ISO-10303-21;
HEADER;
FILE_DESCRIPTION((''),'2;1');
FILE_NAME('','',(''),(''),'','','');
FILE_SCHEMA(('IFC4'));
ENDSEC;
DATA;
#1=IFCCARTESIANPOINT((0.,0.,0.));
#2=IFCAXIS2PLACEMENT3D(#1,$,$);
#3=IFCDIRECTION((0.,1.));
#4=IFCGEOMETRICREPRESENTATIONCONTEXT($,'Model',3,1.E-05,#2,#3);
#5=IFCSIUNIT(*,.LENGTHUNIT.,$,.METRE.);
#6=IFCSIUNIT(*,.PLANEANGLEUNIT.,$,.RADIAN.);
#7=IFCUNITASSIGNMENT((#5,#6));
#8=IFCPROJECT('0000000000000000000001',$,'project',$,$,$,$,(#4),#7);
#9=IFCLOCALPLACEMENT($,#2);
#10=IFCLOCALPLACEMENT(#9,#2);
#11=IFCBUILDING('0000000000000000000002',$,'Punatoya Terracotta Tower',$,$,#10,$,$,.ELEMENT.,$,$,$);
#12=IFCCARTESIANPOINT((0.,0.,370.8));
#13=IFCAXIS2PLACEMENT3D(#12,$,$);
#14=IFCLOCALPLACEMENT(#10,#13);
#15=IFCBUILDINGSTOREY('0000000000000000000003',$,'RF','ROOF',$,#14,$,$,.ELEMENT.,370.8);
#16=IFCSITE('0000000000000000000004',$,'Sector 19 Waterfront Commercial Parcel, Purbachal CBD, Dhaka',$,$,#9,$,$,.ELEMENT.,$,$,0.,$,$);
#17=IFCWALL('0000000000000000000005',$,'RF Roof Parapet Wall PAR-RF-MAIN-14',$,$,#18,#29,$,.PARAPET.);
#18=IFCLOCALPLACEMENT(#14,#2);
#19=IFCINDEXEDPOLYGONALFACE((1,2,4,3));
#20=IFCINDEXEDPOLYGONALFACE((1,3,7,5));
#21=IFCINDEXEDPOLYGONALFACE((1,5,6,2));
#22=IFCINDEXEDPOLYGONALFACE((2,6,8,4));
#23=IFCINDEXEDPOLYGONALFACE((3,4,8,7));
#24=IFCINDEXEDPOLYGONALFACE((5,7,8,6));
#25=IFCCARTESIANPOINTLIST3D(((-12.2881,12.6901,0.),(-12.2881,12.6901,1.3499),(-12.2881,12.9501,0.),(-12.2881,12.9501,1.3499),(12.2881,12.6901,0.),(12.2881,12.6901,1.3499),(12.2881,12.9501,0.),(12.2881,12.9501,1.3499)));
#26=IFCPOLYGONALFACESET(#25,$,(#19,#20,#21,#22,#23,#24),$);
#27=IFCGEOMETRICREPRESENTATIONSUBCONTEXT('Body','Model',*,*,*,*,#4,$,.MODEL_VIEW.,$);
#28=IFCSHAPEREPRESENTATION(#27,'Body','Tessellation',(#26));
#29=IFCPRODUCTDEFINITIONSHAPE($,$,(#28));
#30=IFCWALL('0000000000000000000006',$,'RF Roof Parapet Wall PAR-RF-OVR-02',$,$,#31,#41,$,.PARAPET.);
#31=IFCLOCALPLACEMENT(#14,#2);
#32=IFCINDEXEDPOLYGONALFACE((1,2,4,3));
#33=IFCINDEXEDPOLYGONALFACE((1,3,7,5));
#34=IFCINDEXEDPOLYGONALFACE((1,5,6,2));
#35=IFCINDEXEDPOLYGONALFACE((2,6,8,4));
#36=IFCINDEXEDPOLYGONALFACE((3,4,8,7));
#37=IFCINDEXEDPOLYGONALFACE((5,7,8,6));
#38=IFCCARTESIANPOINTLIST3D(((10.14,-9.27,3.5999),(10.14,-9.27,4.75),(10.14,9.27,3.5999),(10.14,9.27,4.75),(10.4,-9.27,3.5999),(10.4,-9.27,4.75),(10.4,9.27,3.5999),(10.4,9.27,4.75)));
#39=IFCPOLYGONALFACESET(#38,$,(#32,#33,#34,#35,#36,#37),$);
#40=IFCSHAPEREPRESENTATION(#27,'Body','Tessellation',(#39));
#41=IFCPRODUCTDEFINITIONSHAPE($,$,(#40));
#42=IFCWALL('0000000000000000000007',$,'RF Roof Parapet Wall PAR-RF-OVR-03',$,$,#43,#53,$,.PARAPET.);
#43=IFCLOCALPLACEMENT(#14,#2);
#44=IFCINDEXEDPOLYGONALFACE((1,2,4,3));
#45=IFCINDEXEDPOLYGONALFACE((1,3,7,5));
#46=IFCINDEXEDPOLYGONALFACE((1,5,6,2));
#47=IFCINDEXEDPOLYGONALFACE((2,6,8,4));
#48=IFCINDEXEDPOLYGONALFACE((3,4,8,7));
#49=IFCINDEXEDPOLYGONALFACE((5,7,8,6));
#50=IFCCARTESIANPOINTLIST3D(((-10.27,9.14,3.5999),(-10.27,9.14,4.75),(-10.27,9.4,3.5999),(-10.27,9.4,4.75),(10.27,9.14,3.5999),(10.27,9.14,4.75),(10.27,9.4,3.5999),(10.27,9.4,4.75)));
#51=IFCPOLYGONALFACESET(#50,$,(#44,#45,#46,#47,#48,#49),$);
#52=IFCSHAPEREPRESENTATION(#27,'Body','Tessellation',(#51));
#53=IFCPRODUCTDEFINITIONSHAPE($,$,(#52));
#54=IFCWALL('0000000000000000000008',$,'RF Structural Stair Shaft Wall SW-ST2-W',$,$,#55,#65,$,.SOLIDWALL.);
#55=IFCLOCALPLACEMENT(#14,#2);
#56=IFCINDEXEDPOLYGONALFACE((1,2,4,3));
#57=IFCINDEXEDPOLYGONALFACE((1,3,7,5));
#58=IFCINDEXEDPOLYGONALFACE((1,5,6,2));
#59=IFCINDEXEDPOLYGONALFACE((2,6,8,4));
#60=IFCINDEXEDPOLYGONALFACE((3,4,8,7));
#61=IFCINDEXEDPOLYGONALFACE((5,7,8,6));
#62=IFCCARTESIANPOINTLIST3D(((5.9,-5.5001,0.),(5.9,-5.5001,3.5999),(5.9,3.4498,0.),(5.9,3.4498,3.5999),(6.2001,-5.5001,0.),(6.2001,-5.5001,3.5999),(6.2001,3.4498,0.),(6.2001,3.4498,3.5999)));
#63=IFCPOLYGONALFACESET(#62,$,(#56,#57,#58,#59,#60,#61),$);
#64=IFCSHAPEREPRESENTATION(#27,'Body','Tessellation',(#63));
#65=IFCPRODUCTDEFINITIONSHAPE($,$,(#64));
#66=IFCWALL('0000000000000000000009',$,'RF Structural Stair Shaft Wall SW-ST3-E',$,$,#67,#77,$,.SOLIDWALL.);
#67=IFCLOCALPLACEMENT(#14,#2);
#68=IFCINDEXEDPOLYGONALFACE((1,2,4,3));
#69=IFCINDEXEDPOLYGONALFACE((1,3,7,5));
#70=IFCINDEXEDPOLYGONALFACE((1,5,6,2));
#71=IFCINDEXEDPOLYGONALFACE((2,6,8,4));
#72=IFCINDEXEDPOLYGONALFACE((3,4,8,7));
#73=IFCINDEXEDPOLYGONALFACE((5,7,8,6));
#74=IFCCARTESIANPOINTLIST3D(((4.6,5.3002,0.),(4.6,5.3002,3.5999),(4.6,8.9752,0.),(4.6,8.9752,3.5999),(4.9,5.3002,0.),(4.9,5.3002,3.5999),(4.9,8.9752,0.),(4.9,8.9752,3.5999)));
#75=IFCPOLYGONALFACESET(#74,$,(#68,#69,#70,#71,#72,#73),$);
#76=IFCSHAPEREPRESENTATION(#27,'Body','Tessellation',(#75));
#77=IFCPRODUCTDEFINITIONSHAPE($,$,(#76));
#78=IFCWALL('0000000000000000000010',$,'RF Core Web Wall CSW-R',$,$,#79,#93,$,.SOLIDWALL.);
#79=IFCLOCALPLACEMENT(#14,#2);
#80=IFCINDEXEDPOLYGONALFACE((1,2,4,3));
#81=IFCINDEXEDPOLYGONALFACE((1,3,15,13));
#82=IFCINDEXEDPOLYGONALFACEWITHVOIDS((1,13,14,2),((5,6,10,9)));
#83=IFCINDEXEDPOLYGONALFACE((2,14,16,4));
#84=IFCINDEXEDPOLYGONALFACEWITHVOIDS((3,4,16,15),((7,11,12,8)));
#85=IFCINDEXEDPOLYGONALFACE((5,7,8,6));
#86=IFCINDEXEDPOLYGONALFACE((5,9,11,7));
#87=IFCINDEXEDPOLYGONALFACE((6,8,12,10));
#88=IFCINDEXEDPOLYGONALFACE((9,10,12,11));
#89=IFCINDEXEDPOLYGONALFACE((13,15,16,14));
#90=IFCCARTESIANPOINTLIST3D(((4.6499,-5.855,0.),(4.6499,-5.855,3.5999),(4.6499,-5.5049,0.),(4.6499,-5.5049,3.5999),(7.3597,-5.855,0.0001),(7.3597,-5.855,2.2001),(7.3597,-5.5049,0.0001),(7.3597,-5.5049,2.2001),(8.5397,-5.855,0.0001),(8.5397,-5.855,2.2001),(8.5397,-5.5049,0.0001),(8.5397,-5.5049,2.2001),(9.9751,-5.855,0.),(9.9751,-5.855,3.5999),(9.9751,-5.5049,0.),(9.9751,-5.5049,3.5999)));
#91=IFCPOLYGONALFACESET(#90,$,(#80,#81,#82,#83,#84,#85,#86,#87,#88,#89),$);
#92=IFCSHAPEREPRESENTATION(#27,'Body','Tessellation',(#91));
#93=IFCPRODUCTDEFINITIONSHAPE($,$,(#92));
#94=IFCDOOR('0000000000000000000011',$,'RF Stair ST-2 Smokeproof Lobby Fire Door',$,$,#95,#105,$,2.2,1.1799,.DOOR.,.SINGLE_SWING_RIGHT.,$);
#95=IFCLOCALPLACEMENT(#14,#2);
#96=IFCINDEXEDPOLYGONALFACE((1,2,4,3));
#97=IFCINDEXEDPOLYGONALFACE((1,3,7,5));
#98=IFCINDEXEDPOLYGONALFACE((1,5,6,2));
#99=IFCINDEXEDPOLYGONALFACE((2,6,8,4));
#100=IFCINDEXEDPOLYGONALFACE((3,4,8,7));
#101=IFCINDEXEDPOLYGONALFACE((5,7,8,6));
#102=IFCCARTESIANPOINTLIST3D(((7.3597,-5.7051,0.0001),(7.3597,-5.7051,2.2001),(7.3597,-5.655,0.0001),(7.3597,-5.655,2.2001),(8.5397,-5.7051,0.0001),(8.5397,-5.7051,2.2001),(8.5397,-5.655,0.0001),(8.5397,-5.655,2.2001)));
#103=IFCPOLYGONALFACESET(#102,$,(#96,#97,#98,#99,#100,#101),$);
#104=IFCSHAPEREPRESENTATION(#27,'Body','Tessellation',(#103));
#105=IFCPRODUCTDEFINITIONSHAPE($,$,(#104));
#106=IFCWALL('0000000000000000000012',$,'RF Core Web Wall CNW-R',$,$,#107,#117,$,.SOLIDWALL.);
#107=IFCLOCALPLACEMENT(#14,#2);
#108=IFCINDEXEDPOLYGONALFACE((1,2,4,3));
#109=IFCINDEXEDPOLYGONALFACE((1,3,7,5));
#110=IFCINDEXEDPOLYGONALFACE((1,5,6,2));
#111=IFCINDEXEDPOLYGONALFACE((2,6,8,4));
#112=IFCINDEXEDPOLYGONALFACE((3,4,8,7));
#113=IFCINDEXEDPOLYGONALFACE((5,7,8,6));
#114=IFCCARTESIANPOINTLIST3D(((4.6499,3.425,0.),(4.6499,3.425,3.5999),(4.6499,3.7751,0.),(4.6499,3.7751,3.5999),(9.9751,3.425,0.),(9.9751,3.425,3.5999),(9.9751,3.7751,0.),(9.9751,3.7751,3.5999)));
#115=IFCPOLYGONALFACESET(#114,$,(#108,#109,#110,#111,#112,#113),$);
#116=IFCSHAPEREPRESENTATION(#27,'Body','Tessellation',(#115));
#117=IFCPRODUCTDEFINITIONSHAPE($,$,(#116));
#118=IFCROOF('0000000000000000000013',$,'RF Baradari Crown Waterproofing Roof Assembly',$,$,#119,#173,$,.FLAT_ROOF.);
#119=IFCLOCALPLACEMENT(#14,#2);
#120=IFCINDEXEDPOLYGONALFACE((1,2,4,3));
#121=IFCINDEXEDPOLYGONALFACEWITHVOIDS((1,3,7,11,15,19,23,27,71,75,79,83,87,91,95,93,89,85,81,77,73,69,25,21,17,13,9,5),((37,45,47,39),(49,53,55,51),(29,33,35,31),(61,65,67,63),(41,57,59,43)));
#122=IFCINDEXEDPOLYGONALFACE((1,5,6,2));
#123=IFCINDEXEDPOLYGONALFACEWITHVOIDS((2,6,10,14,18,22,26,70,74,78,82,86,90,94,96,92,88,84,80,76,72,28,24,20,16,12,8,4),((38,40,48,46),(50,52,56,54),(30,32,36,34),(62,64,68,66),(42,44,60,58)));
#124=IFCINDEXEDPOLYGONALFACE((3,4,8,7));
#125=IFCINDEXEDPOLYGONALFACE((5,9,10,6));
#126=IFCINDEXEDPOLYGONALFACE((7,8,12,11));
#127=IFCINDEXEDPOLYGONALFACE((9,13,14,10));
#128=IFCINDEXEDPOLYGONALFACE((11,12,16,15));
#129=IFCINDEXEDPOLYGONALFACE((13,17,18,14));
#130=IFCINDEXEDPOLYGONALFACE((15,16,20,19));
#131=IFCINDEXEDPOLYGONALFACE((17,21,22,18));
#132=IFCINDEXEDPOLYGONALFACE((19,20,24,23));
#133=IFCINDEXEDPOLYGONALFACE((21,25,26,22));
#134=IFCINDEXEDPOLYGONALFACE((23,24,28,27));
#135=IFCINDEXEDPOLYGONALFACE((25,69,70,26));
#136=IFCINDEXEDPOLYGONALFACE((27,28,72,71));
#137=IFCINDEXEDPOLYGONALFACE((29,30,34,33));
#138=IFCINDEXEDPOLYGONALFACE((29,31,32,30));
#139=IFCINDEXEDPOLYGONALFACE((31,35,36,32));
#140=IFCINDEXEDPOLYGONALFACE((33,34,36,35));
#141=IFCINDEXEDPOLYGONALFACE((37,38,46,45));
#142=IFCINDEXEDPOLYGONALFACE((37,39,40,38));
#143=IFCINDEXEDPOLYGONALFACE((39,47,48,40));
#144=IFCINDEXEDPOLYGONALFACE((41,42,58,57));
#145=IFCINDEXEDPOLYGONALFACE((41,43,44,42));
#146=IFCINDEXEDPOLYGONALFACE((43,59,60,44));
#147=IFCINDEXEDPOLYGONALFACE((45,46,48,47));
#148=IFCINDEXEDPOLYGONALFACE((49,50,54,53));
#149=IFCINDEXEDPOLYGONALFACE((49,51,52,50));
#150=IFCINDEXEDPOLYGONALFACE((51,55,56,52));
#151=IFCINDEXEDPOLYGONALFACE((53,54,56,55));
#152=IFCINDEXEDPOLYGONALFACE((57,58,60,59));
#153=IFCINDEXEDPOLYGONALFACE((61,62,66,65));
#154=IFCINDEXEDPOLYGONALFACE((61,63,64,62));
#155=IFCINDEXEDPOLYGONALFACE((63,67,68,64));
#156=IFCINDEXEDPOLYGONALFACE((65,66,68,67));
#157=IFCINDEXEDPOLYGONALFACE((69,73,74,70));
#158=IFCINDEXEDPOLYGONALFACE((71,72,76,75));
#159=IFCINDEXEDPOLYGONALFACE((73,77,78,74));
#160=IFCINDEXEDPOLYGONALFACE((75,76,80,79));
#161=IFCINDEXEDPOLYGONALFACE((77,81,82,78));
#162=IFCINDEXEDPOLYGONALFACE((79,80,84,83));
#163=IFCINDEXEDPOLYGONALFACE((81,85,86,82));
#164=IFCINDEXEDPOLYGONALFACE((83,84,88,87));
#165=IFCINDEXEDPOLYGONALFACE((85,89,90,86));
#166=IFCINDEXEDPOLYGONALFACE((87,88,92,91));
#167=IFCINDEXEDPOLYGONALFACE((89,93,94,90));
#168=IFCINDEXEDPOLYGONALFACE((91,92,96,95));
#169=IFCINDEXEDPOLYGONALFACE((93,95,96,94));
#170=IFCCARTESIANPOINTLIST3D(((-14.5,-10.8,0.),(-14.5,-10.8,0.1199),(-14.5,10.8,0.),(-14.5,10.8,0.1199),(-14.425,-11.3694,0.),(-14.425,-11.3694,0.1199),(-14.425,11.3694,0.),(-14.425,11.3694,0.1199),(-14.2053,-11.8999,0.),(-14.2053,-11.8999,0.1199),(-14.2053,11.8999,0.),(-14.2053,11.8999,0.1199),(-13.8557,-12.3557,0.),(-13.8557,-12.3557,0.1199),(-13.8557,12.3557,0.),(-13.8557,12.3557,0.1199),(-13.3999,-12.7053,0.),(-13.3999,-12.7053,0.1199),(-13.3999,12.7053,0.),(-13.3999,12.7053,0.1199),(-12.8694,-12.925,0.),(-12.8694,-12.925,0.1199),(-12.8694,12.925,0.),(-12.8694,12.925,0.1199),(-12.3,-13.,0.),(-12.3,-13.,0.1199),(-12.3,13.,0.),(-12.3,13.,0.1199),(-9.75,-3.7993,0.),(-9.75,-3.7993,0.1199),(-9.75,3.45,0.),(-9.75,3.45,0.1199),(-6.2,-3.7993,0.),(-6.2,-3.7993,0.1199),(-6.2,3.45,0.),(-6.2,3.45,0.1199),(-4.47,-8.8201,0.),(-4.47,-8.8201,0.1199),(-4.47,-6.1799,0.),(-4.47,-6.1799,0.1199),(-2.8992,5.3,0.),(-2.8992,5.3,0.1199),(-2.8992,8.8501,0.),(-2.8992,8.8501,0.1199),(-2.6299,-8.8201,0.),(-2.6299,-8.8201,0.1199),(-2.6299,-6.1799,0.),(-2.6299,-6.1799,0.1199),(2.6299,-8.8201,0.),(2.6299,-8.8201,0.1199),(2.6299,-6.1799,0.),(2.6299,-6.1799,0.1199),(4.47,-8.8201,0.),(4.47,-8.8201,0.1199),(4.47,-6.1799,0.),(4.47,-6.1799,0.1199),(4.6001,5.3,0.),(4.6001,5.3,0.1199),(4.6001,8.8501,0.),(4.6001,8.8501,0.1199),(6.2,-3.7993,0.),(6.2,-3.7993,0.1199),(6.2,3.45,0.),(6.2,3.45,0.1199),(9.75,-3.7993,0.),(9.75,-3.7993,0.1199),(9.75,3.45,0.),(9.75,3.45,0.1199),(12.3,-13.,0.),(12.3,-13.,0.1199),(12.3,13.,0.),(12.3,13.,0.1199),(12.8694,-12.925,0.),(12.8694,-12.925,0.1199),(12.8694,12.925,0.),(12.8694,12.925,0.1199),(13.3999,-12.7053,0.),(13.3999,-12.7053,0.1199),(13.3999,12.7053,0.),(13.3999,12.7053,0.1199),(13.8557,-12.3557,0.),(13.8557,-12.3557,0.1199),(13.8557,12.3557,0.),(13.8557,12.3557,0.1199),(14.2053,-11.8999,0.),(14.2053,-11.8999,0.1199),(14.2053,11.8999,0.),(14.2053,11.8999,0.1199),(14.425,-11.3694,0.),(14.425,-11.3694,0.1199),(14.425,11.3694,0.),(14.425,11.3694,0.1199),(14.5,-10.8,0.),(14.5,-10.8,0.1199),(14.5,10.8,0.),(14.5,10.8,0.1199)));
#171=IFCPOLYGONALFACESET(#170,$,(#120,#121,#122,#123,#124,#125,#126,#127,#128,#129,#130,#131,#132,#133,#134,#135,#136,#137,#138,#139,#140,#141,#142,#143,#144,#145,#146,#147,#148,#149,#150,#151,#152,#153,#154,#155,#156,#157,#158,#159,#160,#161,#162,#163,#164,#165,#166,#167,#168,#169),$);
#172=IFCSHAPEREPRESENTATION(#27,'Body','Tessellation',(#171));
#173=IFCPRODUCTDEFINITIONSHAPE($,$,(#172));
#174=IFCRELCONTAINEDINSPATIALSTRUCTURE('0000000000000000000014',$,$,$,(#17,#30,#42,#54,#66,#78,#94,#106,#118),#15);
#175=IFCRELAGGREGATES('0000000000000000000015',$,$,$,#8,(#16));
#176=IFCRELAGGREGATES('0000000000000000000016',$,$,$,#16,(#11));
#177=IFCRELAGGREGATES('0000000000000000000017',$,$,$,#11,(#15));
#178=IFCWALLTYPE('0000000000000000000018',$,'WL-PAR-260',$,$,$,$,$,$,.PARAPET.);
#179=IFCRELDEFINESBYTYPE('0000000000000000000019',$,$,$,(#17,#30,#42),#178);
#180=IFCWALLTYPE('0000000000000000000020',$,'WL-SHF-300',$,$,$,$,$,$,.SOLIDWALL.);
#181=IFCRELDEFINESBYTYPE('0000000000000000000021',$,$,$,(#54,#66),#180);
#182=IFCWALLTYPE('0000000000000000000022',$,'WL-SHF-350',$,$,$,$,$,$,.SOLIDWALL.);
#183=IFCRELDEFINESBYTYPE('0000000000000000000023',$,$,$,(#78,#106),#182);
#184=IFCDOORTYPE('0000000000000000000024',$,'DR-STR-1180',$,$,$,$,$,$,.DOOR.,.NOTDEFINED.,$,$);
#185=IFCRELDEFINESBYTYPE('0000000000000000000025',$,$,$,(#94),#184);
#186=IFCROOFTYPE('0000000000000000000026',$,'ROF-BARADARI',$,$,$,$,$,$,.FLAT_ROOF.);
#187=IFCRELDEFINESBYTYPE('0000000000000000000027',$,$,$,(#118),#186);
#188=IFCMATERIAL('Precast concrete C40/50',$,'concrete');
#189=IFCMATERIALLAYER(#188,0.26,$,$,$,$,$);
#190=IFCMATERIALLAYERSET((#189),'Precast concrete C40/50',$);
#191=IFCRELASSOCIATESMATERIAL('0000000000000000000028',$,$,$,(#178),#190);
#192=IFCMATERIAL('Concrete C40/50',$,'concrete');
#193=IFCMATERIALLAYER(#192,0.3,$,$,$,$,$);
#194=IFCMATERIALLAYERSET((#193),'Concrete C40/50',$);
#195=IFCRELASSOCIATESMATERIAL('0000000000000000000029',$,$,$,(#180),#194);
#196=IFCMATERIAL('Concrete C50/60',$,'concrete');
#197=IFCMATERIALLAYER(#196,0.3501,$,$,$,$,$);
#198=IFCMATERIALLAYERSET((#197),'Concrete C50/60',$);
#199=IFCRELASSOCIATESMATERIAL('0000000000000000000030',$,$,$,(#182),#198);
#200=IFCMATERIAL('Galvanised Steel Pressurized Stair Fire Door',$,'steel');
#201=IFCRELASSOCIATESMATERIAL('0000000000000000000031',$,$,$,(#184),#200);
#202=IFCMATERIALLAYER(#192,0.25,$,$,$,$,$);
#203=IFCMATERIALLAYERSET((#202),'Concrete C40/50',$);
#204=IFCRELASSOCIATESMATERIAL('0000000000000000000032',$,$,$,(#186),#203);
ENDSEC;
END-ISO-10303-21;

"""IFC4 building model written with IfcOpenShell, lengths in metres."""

from ifc_helpers import new_model, si_unit, direction, frame, frame_2d, origin, place, context, subcontext, project, spatial, polyline, rectangle, outline, extrude, material, layer, layer_set, type_object, element, fill, save


model = new_model("IFC4")

# Units and contexts
model_context = context("Model", 3, precision=1e-05, world=origin(), true_north=direction((0.0, 1.0)))
body_context = subcontext(model_context, "Body", "Model", "MODEL_VIEW")
ifc_project = project(units=[si_unit("LENGTHUNIT", "METRE"), si_unit("PLANEANGLEUNIT", "RADIAN")], contexts=[model_context])

# Site, building, storey
site_placement = place(None, origin())
site = spatial("IfcSite", under=ifc_project, at=site_placement, Name="Sector 19 Waterfront Commercial Parcel, Purbachal CBD, Dhaka", CompositionType="ELEMENT", RefElevation=0.0)
building_placement = place(site_placement, origin())
building = spatial("IfcBuilding", under=site, at=building_placement, Name="Punatoya Terracotta Tower", CompositionType="ELEMENT")
storey_placement = place(building_placement, frame((0.0, 0.0, 370.8)))
storey = spatial("IfcBuildingStorey", under=building, at=storey_placement, Name="RF", Description="ROOF", CompositionType="ELEMENT", Elevation=370.8)

# Shared definitions
ifc_material_1 = material(Name="Concrete C40/50", Category="concrete")

# Walls
ifc_material_2 = material(Name="Concrete C50/60", Category="concrete")
ifc_material_3 = material(Name="Precast concrete C40/50", Category="concrete")
ifc_layer_1 = layer(ifc_material_3, 0.26)
ifc_layer_set_1 = layer_set([ifc_layer_1], Name="Precast concrete C40/50")
wall_type_1 = type_object("IfcWallType", Name="WL-PAR-260", PredefinedType="PARAPET", material=ifc_layer_set_1)
wall_1_placement = place(storey_placement, frame((12.2881, 12.8201, 0.0), z_axis=(0.0, 0.0, 1.0), x_axis=(-1.0, 0.0, 0.0)))
element("IfcWall", 1, at=wall_1_placement, inside=storey, type_object=wall_type_1, Name="RF Roof Parapet Wall PAR-RF-MAIN-14", PredefinedType="PARAPET", context=body_context, shape_type="SweptSolid", body=[
    extrude(rectangle(XDim=24.5762, YDim=0.26, at=frame_2d((12.2881, 0.0))), origin(), (0.0, 0.0, 1.0), 1.3499),
])
wall_2_placement = place(storey_placement, frame((10.27, -9.27, 3.5999), z_axis=(0.0, 0.0, 1.0), x_axis=(0.0, 1.0, 0.0)))
element("IfcWall", 2, at=wall_2_placement, inside=storey, type_object=wall_type_1, Name="RF Roof Parapet Wall PAR-RF-OVR-02", PredefinedType="PARAPET", context=body_context, shape_type="SweptSolid", body=[
    extrude(rectangle(XDim=18.54, YDim=0.26, at=frame_2d((9.27, 0.0))), origin(), (0.0, 0.0, 1.0), 1.1501),
])
wall_3_placement = place(storey_placement, frame((10.27, 9.27, 3.5999), z_axis=(0.0, 0.0, 1.0), x_axis=(-1.0, 0.0, 0.0)))
element("IfcWall", 3, at=wall_3_placement, inside=storey, type_object=wall_type_1, Name="RF Roof Parapet Wall PAR-RF-OVR-03", PredefinedType="PARAPET", context=body_context, shape_type="SweptSolid", body=[
    extrude(rectangle(XDim=20.54, YDim=0.26, at=frame_2d((10.27, 0.0))), origin(), (0.0, 0.0, 1.0), 1.1501),
])
ifc_layer_2 = layer(ifc_material_1, 0.3)
ifc_layer_set_2 = layer_set([ifc_layer_2], Name="Concrete C40/50")
wall_type_2 = type_object("IfcWallType", Name="WL-SHF-300", PredefinedType="SOLIDWALL", material=ifc_layer_set_2)
wall_4_placement = place(storey_placement, frame((6.05, 3.45, 0.0), z_axis=(0.0, 0.0, 1.0), x_axis=(0.0, -1.0, 0.0)))
element("IfcWall", 4, at=wall_4_placement, inside=storey, type_object=wall_type_2, Name="RF Structural Stair Shaft Wall SW-ST2-W", PredefinedType="SOLIDWALL", context=body_context, shape_type="SweptSolid", body=[
    extrude(rectangle(XDim=8.95, YDim=0.3, at=frame_2d((4.4751, 0.0))), origin(), (0.0, 0.0, 1.0), 3.5999),
])
wall_5_placement = place(storey_placement, frame((4.75, 8.9751, 0.0), z_axis=(0.0, 0.0, 1.0), x_axis=(0.0, -1.0, 0.0)))
element("IfcWall", 5, at=wall_5_placement, inside=storey, type_object=wall_type_2, Name="RF Structural Stair Shaft Wall SW-ST3-E", PredefinedType="SOLIDWALL", context=body_context, shape_type="SweptSolid", body=[
    extrude(rectangle(XDim=3.675, YDim=0.3, at=frame_2d((1.8374, 0.0))), origin(), (0.0, 0.0, 1.0), 3.5999),
])

# Wall, opening, door
ifc_layer_3 = layer(ifc_material_2, 0.3501)
ifc_layer_set_3 = layer_set([ifc_layer_3], Name="Concrete C50/60")
wall_type_3 = type_object("IfcWallType", Name="WL-SHF-350", PredefinedType="SOLIDWALL", material=ifc_layer_set_3)
wall_6_placement = place(storey_placement, frame((4.6499, -5.6799, 0.0), z_axis=(0.0, 0.0, 1.0), x_axis=(1.0, 0.0, 0.0)))
wall_6 = element("IfcWall", 6, at=wall_6_placement, inside=storey, type_object=wall_type_3, Name="RF Core Web Wall CSW-R", PredefinedType="SOLIDWALL", context=body_context, shape_type="SweptSolid", body=[
    extrude(rectangle(XDim=5.3252, YDim=0.3501, at=frame_2d((2.6626, 0.0))), origin(), (0.0, 0.0, 1.0), 3.5999),
])
opening_1_placement = place(wall_6_placement, frame((2.71, 0.0, 0.0)))
opening_1 = element("IfcOpeningElement", 7, at=opening_1_placement, cuts=wall_6, PredefinedType="OPENING", context=body_context, shape_type="SweptSolid", body=[
    extrude(rectangle(XDim=1.1799, YDim=2.2, at=frame_2d((0.5898, 1.1001))), frame((0.0, 0.1851, 0.0), z_axis=(0.0, -1.0, 0.0), x_axis=(1.0, 0.0, 0.0)), (0.0, 0.0, 1.0), 0.3701),
])
ifc_material_4 = material(Name="Galvanised Steel Pressurized Stair Fire Door", Category="steel")
door_type_1 = type_object("IfcDoorType", Name="DR-STR-1180", OperationType="NOTDEFINED", PredefinedType="DOOR", material=ifc_material_4)
door_1_placement = place(opening_1_placement, origin())
door_1 = element("IfcDoor", 8, at=door_1_placement, inside=storey, type_object=door_type_1, Name="RF Stair ST-2 Smokeproof Lobby Fire Door", OperationType="SINGLE_SWING_RIGHT", OverallHeight=2.2, OverallWidth=1.1799, PredefinedType="DOOR", context=body_context, shape_type="SweptSolid", body=[
    extrude(rectangle(XDim=1.1799, YDim=2.2, at=frame_2d((0.5898, 1.1001))), frame((0.0, 0.0249, 0.0), z_axis=(0.0, -1.0, 0.0), x_axis=(1.0, 0.0, 0.0)), (0.0, 0.0, 1.0), 0.05),
])
fill(opening_1, door_1)

# Wall
wall_7_placement = place(storey_placement, frame((4.6499, 3.6001, 0.0), z_axis=(0.0, 0.0, 1.0), x_axis=(1.0, 0.0, 0.0)))
element("IfcWall", 9, at=wall_7_placement, inside=storey, type_object=wall_type_3, Name="RF Core Web Wall CNW-R", PredefinedType="SOLIDWALL", context=body_context, shape_type="SweptSolid", body=[
    extrude(rectangle(XDim=5.3252, YDim=0.3501, at=frame_2d((2.6626, 0.0))), origin(), (0.0, 0.0, 1.0), 3.5999),
])

# Roof
ifc_layer_4 = layer(ifc_material_1, 0.25)
ifc_layer_set_4 = layer_set([ifc_layer_4], Name="Concrete C40/50")
roof_type_1 = type_object("IfcRoofType", Name="ROF-BARADARI", PredefinedType="FLAT_ROOF", material=ifc_layer_set_4)
roof_1_placement = place(storey_placement, origin())
element("IfcRoof", 10, at=roof_1_placement, inside=storey, type_object=roof_type_1, Name="RF Baradari Crown Waterproofing Roof Assembly", PredefinedType="FLAT_ROOF", context=body_context, shape_type="SweptSolid", body=[
    extrude(outline(polyline([(-12.3, -13.0), (12.3, -13.0), (12.8694, -12.925), (13.3999, -12.7053), (13.8557, -12.3557), (14.2053, -11.8999), (14.425, -11.3694), (14.5, -10.8), (14.5, 10.8), (14.425, 11.3694), (14.2053, 11.8999), (13.8557, 12.3557), (13.3999, 12.7053), (12.8694, 12.925), (12.3, 13.0), (-12.3, 13.0), (-12.8694, 12.925), (-13.3999, 12.7053), (-13.8557, 12.3557), (-14.2053, 11.8999), (-14.425, 11.3694), (-14.5, 10.8), (-14.5, -10.8), (-14.425, -11.3694), (-14.2053, -11.8999), (-13.8557, -12.3557), (-13.3999, -12.7053), (-12.8694, -12.925), (-12.3, -13.0)]), holes=[polyline([(-4.47, -6.1799), (-2.6299, -6.1799), (-2.6299, -8.8201), (-4.47, -8.8201), (-4.47, -6.1799)]), polyline([(2.6299, -6.1799), (4.47, -6.1799), (4.47, -8.8201), (2.6299, -8.8201), (2.6299, -6.1799)]), polyline([(-9.75, -3.7993), (-9.75, 3.45), (-6.2, 3.45), (-6.2, -3.7993), (-9.75, -3.7993)]), polyline([(6.2, 3.45), (9.75, 3.45), (9.75, -3.7993), (6.2, -3.7993), (6.2, 3.45)]), polyline([(4.6001, 8.8501), (4.6001, 5.3), (-2.8992, 5.3), (-2.8992, 8.8501), (4.6001, 8.8501)])]), origin(), (0.0, 0.0, 1.0), 0.1199),
])

save(model, "model.ifc")
